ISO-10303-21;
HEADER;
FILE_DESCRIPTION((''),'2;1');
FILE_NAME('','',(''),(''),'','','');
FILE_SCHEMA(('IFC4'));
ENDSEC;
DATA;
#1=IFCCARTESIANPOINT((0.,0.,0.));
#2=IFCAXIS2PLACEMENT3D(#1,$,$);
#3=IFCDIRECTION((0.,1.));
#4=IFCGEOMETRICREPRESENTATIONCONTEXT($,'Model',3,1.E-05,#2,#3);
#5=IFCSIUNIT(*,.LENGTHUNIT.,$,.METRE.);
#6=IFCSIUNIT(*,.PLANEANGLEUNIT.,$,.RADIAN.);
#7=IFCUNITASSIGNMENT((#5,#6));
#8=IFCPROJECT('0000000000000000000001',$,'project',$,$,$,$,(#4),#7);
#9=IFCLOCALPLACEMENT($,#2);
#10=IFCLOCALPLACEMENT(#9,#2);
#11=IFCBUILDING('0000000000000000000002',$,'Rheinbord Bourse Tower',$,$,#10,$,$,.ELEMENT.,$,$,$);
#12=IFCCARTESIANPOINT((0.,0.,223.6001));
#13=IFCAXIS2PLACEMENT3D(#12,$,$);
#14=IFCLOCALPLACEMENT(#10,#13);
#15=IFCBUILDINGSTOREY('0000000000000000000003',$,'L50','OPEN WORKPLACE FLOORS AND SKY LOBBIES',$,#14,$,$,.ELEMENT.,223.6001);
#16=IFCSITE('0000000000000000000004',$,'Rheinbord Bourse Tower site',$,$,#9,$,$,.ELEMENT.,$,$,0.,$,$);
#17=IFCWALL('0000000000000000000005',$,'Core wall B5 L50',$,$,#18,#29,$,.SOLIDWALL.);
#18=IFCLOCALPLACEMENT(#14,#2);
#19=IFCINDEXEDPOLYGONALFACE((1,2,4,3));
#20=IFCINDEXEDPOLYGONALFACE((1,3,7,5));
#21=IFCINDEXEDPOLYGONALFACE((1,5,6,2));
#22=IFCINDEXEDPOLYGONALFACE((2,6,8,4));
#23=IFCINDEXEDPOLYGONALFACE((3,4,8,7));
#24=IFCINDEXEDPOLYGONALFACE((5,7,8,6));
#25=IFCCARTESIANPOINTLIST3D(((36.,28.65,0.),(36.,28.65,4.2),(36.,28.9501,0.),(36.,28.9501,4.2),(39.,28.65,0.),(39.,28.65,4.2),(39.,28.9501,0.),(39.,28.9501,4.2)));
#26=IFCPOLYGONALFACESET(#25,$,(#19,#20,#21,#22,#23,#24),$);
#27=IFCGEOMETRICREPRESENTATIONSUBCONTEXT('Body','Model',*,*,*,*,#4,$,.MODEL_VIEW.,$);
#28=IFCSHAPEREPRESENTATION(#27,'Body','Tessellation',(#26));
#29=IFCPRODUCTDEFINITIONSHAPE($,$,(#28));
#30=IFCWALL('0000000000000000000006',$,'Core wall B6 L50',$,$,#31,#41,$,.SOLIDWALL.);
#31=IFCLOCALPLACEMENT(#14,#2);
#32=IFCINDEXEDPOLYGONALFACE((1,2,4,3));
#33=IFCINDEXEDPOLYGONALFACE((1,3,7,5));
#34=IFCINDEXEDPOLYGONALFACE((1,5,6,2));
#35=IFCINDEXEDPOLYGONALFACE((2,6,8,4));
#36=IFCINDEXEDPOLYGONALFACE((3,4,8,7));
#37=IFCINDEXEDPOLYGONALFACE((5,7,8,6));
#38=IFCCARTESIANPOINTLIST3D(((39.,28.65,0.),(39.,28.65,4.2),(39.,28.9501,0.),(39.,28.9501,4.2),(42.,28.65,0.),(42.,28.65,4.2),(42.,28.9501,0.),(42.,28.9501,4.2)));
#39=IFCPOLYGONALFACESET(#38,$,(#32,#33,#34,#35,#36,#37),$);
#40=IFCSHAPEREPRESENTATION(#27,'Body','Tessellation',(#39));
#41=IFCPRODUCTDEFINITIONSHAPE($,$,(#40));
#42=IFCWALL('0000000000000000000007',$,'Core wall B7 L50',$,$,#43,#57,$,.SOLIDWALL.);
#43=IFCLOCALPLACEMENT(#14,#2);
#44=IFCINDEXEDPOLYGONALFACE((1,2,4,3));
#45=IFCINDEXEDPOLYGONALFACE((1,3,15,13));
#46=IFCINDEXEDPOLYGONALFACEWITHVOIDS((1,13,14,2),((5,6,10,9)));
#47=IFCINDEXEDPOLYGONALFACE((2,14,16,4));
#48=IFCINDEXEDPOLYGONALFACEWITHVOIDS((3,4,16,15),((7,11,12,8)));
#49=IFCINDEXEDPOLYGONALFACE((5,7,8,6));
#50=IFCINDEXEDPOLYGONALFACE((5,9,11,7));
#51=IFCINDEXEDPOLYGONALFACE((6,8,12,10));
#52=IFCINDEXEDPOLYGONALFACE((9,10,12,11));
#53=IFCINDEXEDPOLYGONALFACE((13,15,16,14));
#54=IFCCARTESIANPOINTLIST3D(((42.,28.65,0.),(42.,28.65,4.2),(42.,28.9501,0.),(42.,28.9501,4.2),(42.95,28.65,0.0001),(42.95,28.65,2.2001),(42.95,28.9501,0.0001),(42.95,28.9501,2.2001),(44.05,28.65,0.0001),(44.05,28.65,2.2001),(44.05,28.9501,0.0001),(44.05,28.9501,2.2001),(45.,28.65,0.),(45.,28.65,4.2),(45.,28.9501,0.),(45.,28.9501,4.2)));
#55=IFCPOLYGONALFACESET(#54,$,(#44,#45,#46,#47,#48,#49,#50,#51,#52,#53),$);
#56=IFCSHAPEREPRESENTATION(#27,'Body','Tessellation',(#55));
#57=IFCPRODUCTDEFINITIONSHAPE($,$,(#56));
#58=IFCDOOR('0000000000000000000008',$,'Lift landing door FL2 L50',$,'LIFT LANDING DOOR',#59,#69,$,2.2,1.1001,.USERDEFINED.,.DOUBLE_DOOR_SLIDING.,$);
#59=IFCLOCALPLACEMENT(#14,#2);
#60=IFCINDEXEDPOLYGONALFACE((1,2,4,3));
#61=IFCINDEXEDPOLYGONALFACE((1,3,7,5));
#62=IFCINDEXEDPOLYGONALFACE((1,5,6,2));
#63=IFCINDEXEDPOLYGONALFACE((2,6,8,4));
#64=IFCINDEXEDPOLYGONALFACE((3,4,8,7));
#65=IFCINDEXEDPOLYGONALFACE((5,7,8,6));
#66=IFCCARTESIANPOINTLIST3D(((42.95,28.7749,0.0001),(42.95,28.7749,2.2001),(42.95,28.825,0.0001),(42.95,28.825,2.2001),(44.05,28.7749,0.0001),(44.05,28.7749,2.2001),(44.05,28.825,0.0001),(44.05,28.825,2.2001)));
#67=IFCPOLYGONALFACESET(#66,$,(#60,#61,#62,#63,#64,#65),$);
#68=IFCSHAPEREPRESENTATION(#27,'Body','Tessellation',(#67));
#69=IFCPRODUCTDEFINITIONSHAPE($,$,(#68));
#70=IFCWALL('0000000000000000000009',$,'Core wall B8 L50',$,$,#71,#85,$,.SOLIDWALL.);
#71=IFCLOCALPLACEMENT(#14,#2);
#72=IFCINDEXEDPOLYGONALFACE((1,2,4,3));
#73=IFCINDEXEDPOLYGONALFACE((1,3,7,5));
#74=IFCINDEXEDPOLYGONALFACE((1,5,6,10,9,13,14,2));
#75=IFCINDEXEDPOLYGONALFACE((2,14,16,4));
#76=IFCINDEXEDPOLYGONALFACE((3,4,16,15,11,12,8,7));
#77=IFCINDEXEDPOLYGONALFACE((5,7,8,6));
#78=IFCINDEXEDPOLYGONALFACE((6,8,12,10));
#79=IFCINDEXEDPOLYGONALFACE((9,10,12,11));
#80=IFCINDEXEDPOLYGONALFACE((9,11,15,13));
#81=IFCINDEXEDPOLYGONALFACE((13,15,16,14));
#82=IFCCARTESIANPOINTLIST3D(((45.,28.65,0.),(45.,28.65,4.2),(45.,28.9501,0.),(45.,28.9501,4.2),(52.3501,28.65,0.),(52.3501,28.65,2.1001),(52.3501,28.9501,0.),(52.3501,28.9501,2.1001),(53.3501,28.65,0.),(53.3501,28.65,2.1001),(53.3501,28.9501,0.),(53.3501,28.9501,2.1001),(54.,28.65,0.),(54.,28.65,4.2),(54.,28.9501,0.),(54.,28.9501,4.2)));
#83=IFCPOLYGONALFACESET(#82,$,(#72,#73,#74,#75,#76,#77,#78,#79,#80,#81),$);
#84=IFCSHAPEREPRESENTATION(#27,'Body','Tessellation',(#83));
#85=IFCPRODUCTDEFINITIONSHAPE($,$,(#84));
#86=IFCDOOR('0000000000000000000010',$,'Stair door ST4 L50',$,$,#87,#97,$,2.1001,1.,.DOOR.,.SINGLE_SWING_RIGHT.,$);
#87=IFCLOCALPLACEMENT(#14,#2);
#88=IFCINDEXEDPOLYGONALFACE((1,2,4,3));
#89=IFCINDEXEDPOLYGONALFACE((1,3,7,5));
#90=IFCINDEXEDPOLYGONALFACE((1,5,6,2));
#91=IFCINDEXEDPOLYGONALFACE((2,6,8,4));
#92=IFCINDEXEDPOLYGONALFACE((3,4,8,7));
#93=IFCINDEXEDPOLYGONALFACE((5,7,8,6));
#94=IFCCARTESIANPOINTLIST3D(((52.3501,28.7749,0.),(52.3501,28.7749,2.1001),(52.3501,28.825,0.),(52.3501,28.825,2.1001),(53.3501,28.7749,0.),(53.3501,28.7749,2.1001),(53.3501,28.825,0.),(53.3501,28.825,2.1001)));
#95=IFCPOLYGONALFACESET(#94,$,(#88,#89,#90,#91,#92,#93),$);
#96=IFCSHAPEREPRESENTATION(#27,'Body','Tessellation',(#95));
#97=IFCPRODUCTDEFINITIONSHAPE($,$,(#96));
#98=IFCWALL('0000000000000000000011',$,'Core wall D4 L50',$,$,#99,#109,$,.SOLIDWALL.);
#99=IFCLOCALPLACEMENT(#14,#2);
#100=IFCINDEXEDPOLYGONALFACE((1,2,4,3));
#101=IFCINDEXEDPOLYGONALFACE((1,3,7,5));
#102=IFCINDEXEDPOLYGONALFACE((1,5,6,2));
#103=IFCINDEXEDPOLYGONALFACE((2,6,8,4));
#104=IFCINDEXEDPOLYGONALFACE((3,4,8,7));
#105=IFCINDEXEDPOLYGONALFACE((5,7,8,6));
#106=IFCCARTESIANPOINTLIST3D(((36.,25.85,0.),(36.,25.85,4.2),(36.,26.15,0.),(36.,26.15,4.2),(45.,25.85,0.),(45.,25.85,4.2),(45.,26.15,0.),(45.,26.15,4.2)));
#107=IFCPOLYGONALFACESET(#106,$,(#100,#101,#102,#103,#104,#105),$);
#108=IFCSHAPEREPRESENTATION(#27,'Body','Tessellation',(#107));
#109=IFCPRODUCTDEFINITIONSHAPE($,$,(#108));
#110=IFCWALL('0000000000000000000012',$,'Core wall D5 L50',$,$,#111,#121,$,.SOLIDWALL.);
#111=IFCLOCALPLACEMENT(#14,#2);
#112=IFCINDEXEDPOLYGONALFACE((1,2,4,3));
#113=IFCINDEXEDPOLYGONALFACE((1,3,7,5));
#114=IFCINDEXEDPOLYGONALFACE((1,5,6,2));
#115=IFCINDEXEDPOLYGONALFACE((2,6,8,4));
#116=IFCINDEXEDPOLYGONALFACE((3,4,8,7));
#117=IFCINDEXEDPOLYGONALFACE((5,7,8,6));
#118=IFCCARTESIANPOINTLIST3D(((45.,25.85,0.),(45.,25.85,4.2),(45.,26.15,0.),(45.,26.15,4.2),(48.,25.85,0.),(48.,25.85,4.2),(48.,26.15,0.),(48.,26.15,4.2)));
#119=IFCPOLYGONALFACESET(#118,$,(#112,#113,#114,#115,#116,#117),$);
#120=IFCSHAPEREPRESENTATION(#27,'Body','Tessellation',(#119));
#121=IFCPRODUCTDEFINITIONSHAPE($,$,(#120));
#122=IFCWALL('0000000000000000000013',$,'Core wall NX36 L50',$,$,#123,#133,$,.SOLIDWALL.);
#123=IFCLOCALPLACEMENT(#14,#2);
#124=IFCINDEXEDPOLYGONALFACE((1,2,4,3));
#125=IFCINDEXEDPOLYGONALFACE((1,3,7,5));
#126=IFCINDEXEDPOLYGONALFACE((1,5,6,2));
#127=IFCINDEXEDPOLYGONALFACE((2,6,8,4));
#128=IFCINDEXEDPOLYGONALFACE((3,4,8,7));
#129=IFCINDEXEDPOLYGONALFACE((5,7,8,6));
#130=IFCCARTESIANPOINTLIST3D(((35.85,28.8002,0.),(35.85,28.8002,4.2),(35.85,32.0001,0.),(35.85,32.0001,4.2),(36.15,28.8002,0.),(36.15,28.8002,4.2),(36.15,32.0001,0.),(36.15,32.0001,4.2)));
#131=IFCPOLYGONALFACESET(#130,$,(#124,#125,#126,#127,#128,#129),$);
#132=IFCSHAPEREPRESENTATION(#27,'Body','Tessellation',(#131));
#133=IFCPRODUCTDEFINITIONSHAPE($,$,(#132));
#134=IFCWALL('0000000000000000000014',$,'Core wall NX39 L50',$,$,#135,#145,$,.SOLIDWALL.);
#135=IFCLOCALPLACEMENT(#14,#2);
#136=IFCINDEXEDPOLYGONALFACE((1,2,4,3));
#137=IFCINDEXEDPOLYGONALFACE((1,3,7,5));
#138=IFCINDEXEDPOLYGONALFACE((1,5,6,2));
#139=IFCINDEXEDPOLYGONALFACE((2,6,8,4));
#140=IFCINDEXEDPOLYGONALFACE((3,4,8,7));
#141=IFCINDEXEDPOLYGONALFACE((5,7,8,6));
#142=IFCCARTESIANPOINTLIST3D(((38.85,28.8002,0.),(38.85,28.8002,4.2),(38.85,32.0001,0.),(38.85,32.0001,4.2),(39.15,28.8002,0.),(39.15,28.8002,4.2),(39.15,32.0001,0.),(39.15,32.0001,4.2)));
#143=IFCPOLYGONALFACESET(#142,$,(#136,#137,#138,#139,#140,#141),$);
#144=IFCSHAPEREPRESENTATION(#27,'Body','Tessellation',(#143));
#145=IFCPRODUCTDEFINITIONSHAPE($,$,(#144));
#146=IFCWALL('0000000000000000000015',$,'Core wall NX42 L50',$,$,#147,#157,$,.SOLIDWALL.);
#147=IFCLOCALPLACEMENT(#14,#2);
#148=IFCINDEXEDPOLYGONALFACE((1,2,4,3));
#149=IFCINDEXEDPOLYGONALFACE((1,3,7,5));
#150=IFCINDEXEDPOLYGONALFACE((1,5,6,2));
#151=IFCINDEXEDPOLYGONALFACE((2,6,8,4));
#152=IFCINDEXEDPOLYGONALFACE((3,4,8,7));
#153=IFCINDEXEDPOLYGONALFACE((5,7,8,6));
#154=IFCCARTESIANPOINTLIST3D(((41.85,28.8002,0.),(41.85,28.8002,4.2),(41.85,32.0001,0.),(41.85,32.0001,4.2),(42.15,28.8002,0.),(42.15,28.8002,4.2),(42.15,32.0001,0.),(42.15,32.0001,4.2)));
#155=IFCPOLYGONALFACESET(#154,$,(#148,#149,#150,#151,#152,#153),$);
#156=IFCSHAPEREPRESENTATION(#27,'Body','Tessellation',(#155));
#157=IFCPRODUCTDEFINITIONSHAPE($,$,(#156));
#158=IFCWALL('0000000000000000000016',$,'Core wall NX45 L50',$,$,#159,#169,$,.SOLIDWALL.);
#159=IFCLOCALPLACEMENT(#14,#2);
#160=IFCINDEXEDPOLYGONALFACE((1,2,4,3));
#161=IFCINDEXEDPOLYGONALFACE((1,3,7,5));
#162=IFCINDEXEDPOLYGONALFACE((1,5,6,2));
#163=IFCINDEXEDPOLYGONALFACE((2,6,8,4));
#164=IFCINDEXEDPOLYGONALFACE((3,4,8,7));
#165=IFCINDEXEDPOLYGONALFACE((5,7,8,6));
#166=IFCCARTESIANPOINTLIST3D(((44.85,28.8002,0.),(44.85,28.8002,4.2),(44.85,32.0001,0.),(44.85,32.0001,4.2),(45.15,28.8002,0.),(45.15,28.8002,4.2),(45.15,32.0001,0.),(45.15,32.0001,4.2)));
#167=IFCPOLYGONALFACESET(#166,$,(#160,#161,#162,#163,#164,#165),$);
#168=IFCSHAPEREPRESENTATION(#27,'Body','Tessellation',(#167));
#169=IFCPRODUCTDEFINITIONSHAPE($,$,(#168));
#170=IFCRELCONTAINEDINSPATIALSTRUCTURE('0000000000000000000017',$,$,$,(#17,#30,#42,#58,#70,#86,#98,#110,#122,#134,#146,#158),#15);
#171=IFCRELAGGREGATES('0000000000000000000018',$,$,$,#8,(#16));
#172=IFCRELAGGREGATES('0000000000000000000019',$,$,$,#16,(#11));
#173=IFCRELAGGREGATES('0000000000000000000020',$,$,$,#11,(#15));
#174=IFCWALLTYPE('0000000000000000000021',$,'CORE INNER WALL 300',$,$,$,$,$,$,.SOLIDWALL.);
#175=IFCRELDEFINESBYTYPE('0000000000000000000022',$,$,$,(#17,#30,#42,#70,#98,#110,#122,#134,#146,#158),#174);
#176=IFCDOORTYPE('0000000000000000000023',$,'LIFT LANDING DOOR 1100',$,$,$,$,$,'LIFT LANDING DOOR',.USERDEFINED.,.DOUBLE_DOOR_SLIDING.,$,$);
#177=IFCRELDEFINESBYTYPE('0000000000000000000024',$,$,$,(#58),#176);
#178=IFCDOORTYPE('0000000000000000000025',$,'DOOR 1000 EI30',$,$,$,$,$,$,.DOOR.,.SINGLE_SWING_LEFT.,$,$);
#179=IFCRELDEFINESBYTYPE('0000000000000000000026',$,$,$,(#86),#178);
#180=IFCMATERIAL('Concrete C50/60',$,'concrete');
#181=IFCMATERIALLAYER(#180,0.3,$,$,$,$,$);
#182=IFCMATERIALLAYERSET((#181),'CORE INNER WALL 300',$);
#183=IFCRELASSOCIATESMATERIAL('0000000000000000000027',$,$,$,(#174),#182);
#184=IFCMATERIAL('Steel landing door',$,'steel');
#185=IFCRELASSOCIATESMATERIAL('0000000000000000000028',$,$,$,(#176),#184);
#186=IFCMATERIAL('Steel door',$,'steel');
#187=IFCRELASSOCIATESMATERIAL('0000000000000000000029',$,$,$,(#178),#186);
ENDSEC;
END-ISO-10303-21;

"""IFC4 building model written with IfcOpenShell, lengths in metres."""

from ifc_helpers import new_model, si_unit, direction, frame, frame_2d, origin, place, context, subcontext, project, spatial, rectangle, extrude, material, layer, layer_set, type_object, element, fill, save


model = new_model("IFC4")

# Units and contexts
model_context = context("Model", 3, precision=1e-05, world=origin(), true_north=direction((0.0, 1.0)))
body_context = subcontext(model_context, "Body", "Model", "MODEL_VIEW")
ifc_project = project(units=[si_unit("LENGTHUNIT", "METRE"), si_unit("PLANEANGLEUNIT", "RADIAN")], contexts=[model_context])

# Site, building, storey
site_placement = place(None, origin())
site = spatial("IfcSite", under=ifc_project, at=site_placement, Name="Rheinbord Bourse Tower site", CompositionType="ELEMENT", RefElevation=0.0)
building_placement = place(site_placement, origin())
building = spatial("IfcBuilding", under=site, at=building_placement, Name="Rheinbord Bourse Tower", CompositionType="ELEMENT")
storey_placement = place(building_placement, frame((0.0, 0.0, 223.6001)))
storey = spatial("IfcBuildingStorey", under=building, at=storey_placement, Name="L50", Description="OPEN WORKPLACE FLOORS AND SKY LOBBIES", CompositionType="ELEMENT", Elevation=223.6001)

# Walls
ifc_material_1 = material(Name="Concrete C50/60", Category="concrete")
ifc_layer_1 = layer(ifc_material_1, 0.3)
ifc_layer_set_1 = layer_set([ifc_layer_1], Name="CORE INNER WALL 300")
wall_type_1 = type_object("IfcWallType", Name="CORE INNER WALL 300", PredefinedType="SOLIDWALL", material=ifc_layer_set_1)
for number, where, z_axis, x_axis, name in (
    (1, (36.0, 28.8, 0.0), (0.0, 0.0, 1.0), (1.0, 0.0, 0.0), "Core wall B5 L50"),
    (2, (39.0, 28.8, 0.0), (0.0, 0.0, 1.0), (1.0, 0.0, 0.0), "Core wall B6 L50"),
):
    element("IfcWall", number, at=place(storey_placement, frame(where, z_axis=z_axis, x_axis=x_axis)), inside=storey, type_object=wall_type_1, Name=name, PredefinedType="SOLIDWALL", context=body_context, shape_type="SweptSolid", body=[
        extrude(rectangle(XDim=3.0, YDim=0.3, at=frame_2d((1.5, 0.0))), origin(), (0.0, 0.0, 1.0), 4.2),
    ])

# Walls, openings, doors
wall_1_placement = place(storey_placement, frame((42.0, 28.8, 0.0), z_axis=(0.0, 0.0, 1.0), x_axis=(1.0, 0.0, 0.0)))
wall_1 = element("IfcWall", 3, at=wall_1_placement, inside=storey, type_object=wall_type_1, Name="Core wall B7 L50", PredefinedType="SOLIDWALL", context=body_context, shape_type="SweptSolid", body=[
    extrude(rectangle(XDim=3.0, YDim=0.3, at=frame_2d((1.5, 0.0))), origin(), (0.0, 0.0, 1.0), 4.2),
])
opening_1_placement = place(wall_1_placement, frame((0.95, 0.0, 0.0)))
opening_1 = element("IfcOpeningElement", 4, at=opening_1_placement, cuts=wall_1, PredefinedType="OPENING", context=body_context, shape_type="SweptSolid", body=[
    extrude(rectangle(XDim=1.1001, YDim=2.2, at=frame_2d((0.55, 1.1001))), frame((0.0, 0.1599, 0.0), z_axis=(0.0, -1.0, 0.0), x_axis=(1.0, 0.0, 0.0)), (0.0, 0.0, 1.0), 0.3201),
])
ifc_material_2 = material(Name="Steel landing door", Category="steel")
door_type_1 = type_object("IfcDoorType", Name="LIFT LANDING DOOR 1100", ElementType="LIFT LANDING DOOR", OperationType="DOUBLE_DOOR_SLIDING", PredefinedType="USERDEFINED", material=ifc_material_2)
door_1_placement = place(opening_1_placement, origin())
door_1 = element("IfcDoor", 5, at=door_1_placement, inside=storey, type_object=door_type_1, Name="Lift landing door FL2 L50", ObjectType="LIFT LANDING DOOR", OperationType="DOUBLE_DOOR_SLIDING", OverallHeight=2.2, OverallWidth=1.1001, PredefinedType="USERDEFINED", context=body_context, shape_type="SweptSolid", body=[
    extrude(rectangle(XDim=1.1001, YDim=2.2, at=frame_2d((0.55, 1.1001))), frame((0.0, 0.0249, 0.0), z_axis=(0.0, -1.0, 0.0), x_axis=(1.0, 0.0, 0.0)), (0.0, 0.0, 1.0), 0.05),
])
fill(opening_1, door_1)
wall_2_placement = place(storey_placement, frame((45.0, 28.8, 0.0), z_axis=(0.0, 0.0, 1.0), x_axis=(1.0, 0.0, 0.0)))
wall_2 = element("IfcWall", 6, at=wall_2_placement, inside=storey, type_object=wall_type_1, Name="Core wall B8 L50", PredefinedType="SOLIDWALL", context=body_context, shape_type="SweptSolid", body=[
    extrude(rectangle(XDim=9.0, YDim=0.3, at=frame_2d((4.5, 0.0))), origin(), (0.0, 0.0, 1.0), 4.2),
])
opening_2_placement = place(wall_2_placement, frame((7.3501, 0.0, 0.0)))
opening_2 = element("IfcOpeningElement", 7, at=opening_2_placement, cuts=wall_2, PredefinedType="OPENING", context=body_context, shape_type="SweptSolid", body=[
    extrude(rectangle(XDim=1.0, YDim=2.1001, at=frame_2d((0.5, 1.05))), frame((0.0, 0.1599, 0.0), z_axis=(0.0, -1.0, 0.0), x_axis=(1.0, 0.0, 0.0)), (0.0, 0.0, 1.0), 0.3201),
])
ifc_material_3 = material(Name="Steel door", Category="steel")
door_type_2 = type_object("IfcDoorType", Name="DOOR 1000 EI30", OperationType="SINGLE_SWING_LEFT", PredefinedType="DOOR", material=ifc_material_3)
door_2_placement = place(opening_2_placement, origin())
door_2 = element("IfcDoor", 8, at=door_2_placement, inside=storey, type_object=door_type_2, Name="Stair door ST4 L50", OperationType="SINGLE_SWING_RIGHT", OverallHeight=2.1001, OverallWidth=1.0, PredefinedType="DOOR", context=body_context, shape_type="SweptSolid", body=[
    extrude(rectangle(XDim=1.0, YDim=2.1001, at=frame_2d((0.5, 1.05))), frame((0.0, 0.0249, 0.0), z_axis=(0.0, -1.0, 0.0), x_axis=(1.0, 0.0, 0.0)), (0.0, 0.0, 1.0), 0.05),
])
fill(opening_2, door_2)

# Walls
wall_3_placement = place(storey_placement, frame((36.0, 26.0, 0.0), z_axis=(0.0, 0.0, 1.0), x_axis=(1.0, 0.0, 0.0)))
element("IfcWall", 9, at=wall_3_placement, inside=storey, type_object=wall_type_1, Name="Core wall D4 L50", PredefinedType="SOLIDWALL", context=body_context, shape_type="SweptSolid", body=[
    extrude(rectangle(XDim=9.0, YDim=0.3, at=frame_2d((4.5, 0.0))), origin(), (0.0, 0.0, 1.0), 4.2),
])
wall_4_placement = place(storey_placement, frame((45.0, 26.0, 0.0), z_axis=(0.0, 0.0, 1.0), x_axis=(1.0, 0.0, 0.0)))
element("IfcWall", 10, at=wall_4_placement, inside=storey, type_object=wall_type_1, Name="Core wall D5 L50", PredefinedType="SOLIDWALL", context=body_context, shape_type="SweptSolid", body=[
    extrude(rectangle(XDim=3.0, YDim=0.3, at=frame_2d((1.5, 0.0))), origin(), (0.0, 0.0, 1.0), 4.2),
])
for number, where, z_axis, x_axis, name in (
    (11, (36.0, 28.8, 0.0), (0.0, 0.0, 1.0), (0.0, 1.0, 0.0), "Core wall NX36 L50"),
    (12, (39.0, 28.8, 0.0), (0.0, 0.0, 1.0), (0.0, 1.0, 0.0), "Core wall NX39 L50"),
    (13, (42.0, 28.8, 0.0), (0.0, 0.0, 1.0), (0.0, 1.0, 0.0), "Core wall NX42 L50"),
    (14, (45.0, 28.8, 0.0), (0.0, 0.0, 1.0), (0.0, 1.0, 0.0), "Core wall NX45 L50"),
):
    element("IfcWall", number, at=place(storey_placement, frame(where, z_axis=z_axis, x_axis=x_axis)), inside=storey, type_object=wall_type_1, Name=name, PredefinedType="SOLIDWALL", context=body_context, shape_type="SweptSolid", body=[
        extrude(rectangle(XDim=3.2, YDim=0.3, at=frame_2d((1.6001, 0.0))), origin(), (0.0, 0.0, 1.0), 4.2),
    ])

save(model, "model.ifc")
